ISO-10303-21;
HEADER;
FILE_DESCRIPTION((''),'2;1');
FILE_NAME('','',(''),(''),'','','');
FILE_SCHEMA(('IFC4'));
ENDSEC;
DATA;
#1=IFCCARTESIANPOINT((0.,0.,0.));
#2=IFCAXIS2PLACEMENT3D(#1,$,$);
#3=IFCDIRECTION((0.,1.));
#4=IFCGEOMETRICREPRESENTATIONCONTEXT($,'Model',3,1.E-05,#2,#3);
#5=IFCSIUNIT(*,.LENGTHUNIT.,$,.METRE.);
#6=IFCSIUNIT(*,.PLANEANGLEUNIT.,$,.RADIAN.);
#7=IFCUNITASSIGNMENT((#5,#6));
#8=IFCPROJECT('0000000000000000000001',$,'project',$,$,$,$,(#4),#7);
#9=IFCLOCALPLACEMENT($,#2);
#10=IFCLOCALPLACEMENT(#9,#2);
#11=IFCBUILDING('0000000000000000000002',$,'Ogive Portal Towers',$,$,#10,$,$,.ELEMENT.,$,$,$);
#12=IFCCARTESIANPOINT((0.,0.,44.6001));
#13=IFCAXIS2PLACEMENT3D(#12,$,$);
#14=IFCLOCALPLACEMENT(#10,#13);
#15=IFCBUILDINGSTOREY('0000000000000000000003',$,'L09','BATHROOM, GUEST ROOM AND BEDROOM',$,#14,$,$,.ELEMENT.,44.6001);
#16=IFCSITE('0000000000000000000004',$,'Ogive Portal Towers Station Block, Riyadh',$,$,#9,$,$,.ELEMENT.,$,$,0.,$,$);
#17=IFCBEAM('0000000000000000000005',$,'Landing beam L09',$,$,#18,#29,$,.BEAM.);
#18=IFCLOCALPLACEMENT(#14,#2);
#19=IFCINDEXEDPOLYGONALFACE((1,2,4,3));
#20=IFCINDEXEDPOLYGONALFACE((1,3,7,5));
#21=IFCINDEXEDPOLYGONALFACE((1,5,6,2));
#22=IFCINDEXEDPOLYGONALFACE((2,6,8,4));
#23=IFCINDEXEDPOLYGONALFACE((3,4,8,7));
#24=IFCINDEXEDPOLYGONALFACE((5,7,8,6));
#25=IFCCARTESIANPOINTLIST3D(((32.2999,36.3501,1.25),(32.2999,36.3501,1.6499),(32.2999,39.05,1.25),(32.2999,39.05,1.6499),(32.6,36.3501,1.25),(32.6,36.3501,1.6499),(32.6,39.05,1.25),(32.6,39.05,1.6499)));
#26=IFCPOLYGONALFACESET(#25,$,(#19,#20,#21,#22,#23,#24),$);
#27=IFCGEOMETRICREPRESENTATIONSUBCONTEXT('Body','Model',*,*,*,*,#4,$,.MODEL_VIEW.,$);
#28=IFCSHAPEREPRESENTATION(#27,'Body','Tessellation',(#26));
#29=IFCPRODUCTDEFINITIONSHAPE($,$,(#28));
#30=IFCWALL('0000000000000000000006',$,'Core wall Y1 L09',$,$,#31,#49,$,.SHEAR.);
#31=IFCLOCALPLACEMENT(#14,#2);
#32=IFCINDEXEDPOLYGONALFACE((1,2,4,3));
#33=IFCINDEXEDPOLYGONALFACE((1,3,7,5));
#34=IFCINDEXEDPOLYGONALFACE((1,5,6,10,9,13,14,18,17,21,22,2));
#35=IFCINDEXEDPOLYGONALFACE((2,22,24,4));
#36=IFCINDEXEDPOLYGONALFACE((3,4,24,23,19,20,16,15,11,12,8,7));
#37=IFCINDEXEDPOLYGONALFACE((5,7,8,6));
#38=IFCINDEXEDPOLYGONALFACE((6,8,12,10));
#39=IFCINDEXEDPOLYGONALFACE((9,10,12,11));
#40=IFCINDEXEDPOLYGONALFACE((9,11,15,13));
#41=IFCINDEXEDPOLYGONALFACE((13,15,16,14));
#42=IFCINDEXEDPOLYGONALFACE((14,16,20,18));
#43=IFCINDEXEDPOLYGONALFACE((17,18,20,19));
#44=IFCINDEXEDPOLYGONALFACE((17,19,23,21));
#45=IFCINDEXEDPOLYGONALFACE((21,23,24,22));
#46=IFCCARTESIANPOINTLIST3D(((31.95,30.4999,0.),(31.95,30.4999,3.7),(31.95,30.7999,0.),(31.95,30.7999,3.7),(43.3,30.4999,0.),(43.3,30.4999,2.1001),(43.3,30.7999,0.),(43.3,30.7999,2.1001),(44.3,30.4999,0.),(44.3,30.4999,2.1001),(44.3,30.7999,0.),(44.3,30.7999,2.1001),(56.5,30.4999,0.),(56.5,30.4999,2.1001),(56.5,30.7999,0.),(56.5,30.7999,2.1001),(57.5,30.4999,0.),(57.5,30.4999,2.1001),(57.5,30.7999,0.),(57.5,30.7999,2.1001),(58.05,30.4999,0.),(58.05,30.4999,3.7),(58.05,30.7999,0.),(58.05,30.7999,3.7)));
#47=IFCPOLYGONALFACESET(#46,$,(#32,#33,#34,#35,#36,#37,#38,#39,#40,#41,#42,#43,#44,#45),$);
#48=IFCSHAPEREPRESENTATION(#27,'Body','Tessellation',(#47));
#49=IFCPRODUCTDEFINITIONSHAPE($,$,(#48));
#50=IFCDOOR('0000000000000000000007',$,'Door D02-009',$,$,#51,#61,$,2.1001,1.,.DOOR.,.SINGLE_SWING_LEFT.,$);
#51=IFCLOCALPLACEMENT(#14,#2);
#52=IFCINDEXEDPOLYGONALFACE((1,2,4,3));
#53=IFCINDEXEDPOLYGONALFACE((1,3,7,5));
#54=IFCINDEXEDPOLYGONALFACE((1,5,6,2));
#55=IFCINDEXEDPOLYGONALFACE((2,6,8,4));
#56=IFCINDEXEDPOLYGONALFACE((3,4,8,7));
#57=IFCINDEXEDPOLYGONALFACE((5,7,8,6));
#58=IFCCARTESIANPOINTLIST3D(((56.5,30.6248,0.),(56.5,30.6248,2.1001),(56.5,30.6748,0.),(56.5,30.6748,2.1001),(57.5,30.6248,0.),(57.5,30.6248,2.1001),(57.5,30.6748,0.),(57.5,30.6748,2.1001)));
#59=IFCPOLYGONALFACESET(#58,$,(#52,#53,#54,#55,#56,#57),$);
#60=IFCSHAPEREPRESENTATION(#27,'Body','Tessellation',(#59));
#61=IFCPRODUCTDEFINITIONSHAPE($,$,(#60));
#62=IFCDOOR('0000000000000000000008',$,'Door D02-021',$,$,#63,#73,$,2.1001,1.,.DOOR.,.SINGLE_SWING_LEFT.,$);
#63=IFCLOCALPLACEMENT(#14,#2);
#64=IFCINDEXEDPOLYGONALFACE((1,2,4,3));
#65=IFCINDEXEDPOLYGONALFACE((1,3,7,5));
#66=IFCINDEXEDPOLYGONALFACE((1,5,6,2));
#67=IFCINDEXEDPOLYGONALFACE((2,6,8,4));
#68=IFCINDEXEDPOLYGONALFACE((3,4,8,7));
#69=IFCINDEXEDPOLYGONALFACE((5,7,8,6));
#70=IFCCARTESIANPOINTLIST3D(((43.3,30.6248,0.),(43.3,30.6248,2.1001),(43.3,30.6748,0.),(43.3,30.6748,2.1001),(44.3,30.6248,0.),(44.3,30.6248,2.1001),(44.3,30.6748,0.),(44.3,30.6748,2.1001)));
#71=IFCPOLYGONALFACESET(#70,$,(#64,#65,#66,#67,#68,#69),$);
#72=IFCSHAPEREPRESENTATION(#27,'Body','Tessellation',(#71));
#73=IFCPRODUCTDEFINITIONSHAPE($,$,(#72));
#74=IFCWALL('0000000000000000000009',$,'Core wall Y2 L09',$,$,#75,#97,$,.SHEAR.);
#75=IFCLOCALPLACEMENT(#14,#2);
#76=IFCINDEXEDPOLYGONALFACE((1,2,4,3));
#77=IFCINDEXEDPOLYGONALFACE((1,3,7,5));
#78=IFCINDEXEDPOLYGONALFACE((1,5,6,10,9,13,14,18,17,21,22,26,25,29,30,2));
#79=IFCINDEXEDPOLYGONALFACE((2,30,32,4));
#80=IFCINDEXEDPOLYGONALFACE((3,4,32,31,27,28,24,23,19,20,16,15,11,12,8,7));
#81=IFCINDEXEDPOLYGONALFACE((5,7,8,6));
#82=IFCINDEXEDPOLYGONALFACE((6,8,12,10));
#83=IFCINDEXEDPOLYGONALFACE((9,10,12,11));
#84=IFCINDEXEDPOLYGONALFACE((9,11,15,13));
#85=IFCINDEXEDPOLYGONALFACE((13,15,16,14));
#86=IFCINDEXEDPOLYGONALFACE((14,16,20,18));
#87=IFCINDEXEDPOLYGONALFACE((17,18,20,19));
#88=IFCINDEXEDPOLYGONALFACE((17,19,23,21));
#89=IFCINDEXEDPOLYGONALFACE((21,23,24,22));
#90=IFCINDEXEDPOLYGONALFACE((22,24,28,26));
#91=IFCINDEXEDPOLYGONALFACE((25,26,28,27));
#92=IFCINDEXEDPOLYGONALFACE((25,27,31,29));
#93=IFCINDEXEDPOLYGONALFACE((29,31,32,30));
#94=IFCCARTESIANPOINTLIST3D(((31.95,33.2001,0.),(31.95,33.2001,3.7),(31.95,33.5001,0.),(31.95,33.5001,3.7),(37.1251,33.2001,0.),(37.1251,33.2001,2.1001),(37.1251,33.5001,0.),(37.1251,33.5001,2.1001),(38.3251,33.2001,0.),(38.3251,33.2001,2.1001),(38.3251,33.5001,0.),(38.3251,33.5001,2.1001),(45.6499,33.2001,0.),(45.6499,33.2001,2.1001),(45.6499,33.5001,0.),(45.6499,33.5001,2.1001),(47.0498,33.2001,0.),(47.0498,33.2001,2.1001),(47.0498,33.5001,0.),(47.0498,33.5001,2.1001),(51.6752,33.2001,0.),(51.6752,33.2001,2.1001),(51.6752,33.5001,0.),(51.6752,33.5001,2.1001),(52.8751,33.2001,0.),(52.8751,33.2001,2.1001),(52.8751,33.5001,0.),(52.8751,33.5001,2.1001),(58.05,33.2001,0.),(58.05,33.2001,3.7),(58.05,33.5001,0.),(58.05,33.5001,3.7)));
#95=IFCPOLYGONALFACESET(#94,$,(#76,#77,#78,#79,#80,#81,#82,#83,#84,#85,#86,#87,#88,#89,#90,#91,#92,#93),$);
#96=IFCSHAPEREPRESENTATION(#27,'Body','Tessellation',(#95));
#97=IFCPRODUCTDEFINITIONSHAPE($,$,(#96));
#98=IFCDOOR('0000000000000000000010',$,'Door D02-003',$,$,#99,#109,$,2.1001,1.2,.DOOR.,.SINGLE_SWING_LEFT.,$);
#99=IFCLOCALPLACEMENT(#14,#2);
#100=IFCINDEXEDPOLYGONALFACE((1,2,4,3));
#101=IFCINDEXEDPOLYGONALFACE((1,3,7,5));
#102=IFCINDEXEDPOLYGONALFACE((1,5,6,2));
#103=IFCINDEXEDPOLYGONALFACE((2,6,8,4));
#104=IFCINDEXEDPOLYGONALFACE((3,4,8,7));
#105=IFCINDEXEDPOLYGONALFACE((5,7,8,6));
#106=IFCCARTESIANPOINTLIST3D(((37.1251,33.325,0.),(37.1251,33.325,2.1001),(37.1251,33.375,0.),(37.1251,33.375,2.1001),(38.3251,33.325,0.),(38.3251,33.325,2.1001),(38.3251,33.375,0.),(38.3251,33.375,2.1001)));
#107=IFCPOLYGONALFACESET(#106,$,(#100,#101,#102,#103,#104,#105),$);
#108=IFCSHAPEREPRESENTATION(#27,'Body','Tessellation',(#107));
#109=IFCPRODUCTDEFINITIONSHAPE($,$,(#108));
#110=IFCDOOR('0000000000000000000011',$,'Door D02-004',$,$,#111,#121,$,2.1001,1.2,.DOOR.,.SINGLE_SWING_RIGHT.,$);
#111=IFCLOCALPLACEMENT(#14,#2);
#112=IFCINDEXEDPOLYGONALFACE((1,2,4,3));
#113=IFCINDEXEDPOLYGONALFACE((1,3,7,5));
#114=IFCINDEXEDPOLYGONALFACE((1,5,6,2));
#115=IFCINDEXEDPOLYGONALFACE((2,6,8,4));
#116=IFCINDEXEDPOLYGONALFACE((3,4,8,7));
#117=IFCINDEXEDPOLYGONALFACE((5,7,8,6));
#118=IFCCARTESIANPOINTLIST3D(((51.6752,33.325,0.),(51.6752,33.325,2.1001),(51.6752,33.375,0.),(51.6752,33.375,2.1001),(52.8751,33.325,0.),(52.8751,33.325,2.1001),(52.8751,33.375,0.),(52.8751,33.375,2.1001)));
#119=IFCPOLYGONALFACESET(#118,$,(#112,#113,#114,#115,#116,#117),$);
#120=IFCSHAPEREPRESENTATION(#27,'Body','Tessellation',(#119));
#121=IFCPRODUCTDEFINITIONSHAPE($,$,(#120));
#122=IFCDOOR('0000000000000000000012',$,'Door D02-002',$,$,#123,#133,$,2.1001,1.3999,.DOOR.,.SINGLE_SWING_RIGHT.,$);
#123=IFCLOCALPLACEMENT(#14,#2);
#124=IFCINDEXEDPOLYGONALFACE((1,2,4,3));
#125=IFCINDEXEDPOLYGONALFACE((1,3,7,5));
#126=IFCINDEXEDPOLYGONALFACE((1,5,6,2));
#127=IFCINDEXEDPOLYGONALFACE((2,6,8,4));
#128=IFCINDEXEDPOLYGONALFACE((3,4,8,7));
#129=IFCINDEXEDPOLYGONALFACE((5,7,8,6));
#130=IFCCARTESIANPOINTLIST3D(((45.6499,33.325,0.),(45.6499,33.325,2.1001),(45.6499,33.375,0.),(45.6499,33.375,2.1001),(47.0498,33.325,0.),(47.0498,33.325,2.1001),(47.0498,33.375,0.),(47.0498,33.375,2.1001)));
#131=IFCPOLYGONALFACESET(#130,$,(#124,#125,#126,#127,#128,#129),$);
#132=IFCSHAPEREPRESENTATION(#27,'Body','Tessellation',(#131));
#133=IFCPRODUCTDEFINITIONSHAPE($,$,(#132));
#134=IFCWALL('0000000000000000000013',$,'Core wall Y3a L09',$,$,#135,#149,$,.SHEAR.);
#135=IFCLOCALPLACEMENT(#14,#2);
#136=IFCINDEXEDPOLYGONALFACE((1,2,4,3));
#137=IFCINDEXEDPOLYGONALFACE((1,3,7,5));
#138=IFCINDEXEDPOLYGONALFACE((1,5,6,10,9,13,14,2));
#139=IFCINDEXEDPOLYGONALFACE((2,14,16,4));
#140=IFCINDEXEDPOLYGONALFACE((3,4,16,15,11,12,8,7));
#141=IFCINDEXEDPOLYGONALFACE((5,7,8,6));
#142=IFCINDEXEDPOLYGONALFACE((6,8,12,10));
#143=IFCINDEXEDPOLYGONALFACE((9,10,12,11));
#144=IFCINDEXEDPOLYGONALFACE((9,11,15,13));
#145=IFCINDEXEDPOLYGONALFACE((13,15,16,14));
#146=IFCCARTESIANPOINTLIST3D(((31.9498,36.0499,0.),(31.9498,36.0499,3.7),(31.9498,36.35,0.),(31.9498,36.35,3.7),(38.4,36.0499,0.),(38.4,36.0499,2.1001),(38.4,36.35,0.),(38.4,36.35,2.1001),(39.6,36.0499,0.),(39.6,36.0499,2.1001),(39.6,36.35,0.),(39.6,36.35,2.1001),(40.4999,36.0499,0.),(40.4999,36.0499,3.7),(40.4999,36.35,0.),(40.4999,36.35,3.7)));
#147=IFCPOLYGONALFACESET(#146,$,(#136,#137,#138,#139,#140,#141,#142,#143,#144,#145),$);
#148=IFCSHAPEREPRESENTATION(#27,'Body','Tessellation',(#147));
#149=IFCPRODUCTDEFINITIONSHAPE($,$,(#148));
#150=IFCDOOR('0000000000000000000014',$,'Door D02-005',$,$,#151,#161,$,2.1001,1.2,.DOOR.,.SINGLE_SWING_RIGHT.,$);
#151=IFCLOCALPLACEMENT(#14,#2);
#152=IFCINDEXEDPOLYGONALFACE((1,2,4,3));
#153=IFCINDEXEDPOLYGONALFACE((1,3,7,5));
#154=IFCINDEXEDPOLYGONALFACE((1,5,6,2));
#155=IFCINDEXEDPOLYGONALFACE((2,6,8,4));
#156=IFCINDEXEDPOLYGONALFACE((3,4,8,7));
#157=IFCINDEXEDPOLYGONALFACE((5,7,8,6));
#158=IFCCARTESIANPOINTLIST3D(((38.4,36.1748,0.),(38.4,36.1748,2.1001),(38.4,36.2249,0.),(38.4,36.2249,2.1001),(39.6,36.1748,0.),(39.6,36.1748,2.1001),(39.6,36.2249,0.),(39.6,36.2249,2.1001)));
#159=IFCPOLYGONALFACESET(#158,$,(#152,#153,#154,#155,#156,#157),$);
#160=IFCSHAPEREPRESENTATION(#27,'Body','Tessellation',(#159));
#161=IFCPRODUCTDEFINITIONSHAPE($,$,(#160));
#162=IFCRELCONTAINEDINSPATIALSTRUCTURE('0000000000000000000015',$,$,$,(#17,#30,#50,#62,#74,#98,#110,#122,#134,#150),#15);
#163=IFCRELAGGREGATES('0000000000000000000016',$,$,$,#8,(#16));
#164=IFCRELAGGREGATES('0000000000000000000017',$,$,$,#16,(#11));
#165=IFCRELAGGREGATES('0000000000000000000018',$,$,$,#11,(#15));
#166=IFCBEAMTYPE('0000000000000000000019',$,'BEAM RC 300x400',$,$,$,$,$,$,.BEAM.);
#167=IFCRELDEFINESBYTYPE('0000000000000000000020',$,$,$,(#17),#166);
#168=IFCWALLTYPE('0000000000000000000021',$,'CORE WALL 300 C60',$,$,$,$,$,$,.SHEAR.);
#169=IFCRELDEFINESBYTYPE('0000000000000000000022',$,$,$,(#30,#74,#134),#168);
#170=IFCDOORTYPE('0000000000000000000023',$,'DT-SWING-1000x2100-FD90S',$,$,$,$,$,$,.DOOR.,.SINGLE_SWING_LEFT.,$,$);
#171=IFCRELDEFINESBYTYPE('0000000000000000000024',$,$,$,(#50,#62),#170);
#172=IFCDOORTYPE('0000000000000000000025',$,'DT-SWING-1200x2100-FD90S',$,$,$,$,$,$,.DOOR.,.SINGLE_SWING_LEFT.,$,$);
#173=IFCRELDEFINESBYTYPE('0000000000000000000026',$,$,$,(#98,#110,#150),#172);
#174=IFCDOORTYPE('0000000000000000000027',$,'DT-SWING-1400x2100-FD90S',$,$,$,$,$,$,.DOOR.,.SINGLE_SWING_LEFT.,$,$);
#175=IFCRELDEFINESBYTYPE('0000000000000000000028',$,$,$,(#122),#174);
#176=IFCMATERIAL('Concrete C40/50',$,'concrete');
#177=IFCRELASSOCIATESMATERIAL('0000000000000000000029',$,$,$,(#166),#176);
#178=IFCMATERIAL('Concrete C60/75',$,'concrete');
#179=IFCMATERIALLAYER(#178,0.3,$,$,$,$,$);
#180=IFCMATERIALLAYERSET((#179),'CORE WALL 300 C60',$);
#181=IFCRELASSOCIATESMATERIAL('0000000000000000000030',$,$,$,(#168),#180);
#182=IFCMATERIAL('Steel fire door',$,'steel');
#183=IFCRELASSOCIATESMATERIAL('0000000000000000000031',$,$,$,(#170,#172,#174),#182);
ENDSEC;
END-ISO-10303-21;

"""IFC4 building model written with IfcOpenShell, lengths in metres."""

from ifc_helpers import new_model, si_unit, direction, frame, frame_2d, origin, origin_2d, place, context, subcontext, project, spatial, rectangle, extrude, material, layer, layer_set, material_profile, profile_set, type_object, element, fill, save


model = new_model("IFC4")

# Units and contexts
model_context = context("Model", 3, precision=1e-05, world=origin(), true_north=direction((0.0, 1.0)))
body_context = subcontext(model_context, "Body", "Model", "MODEL_VIEW")
ifc_project = project(units=[si_unit("LENGTHUNIT", "METRE"), si_unit("PLANEANGLEUNIT", "RADIAN")], contexts=[model_context])

# Site, building, storey
site_placement = place(None, origin())
site = spatial("IfcSite", under=ifc_project, at=site_placement, Name="Ogive Portal Towers Station Block, Riyadh", CompositionType="ELEMENT", RefElevation=0.0)
building_placement = place(site_placement, origin())
building = spatial("IfcBuilding", under=site, at=building_placement, Name="Ogive Portal Towers", CompositionType="ELEMENT")
storey_placement = place(building_placement, frame((0.0, 0.0, 44.6001)))
storey = spatial("IfcBuildingStorey", under=building, at=storey_placement, Name="L09", Description="BATHROOM, GUEST ROOM AND BEDROOM", CompositionType="ELEMENT", Elevation=44.6001)

# Beam
ifc_material_1 = material(Name="Concrete C40/50", Category="concrete")
ifc_material_profile = material_profile(ifc_material_1, rectangle(XDim=0.3, YDim=0.3999, at=origin_2d()), Name="RC 300x400")
ifc_profile_set = profile_set([ifc_material_profile], Name="Concrete C40/50")
beam_type = type_object("IfcBeamType", Name="BEAM RC 300x400", PredefinedType="BEAM", material=ifc_profile_set)
beam_placement = place(storey_placement, frame((32.45, 36.3501, 1.45), z_axis=(0.0, 1.0, 0.0), x_axis=(-1.0, 0.0, 0.0)))
element("IfcBeam", 1, at=beam_placement, inside=storey, type_object=beam_type, Name="Landing beam L09", PredefinedType="BEAM", context=body_context, shape_type="SweptSolid", body=[
    extrude(rectangle(XDim=0.3, YDim=0.3999, at=origin_2d()), origin(), (0.0, 0.0, 1.0), 2.7),
])

# Walls, openings, doors
ifc_material_2 = material(Name="Concrete C60/75", Category="concrete")
ifc_layer_1 = layer(ifc_material_2, 0.3)
ifc_layer_set_1 = layer_set([ifc_layer_1], Name="CORE WALL 300 C60")
wall_type_1 = type_object("IfcWallType", Name="CORE WALL 300 C60", PredefinedType="SHEAR", material=ifc_layer_set_1)
wall_1_placement = place(storey_placement, frame((31.95, 30.6499, 0.0), z_axis=(0.0, 0.0, 1.0), x_axis=(1.0, 0.0, 0.0)))
wall_1 = element("IfcWall", 2, at=wall_1_placement, inside=storey, type_object=wall_type_1, Name="Core wall Y1 L09", PredefinedType="SHEAR", context=body_context, shape_type="SweptSolid", body=[
    extrude(rectangle(XDim=26.1001, YDim=0.3, at=frame_2d((13.05, 0.0))), origin(), (0.0, 0.0, 1.0), 3.7),
])
opening_1_placement = place(wall_1_placement, frame((24.55, 0.0, 0.0)))
opening_1 = element("IfcOpeningElement", 3, at=opening_1_placement, cuts=wall_1, PredefinedType="OPENING", context=body_context, shape_type="SweptSolid", body=[
    extrude(rectangle(XDim=1.0, YDim=2.1001, at=frame_2d((0.5, 1.05))), frame((0.0, 0.1602, 0.0), z_axis=(0.0, -1.0, 0.0), x_axis=(1.0, 0.0, 0.0)), (0.0, 0.0, 1.0), 0.3201),
])
opening_2_placement = place(wall_1_placement, frame((11.3501, 0.0, 0.0)))
opening_2 = element("IfcOpeningElement", 4, at=opening_2_placement, cuts=wall_1, PredefinedType="OPENING", context=body_context, shape_type="SweptSolid", body=[
    extrude(rectangle(XDim=1.0, YDim=2.1001, at=frame_2d((0.5, 1.05))), frame((0.0, 0.1602, 0.0), z_axis=(0.0, -1.0, 0.0), x_axis=(1.0, 0.0, 0.0)), (0.0, 0.0, 1.0), 0.3201),
])
ifc_material_3 = material(Name="Steel fire door", Category="steel")
door_type_1 = type_object("IfcDoorType", Name="DT-SWING-1000x2100-FD90S", OperationType="SINGLE_SWING_LEFT", PredefinedType="DOOR", material=ifc_material_3)
door_1_placement = place(opening_1_placement, origin())
door_1 = element("IfcDoor", 5, at=door_1_placement, inside=storey, type_object=door_type_1, Name="Door D02-009", OperationType="SINGLE_SWING_LEFT", OverallHeight=2.1001, OverallWidth=1.0, PredefinedType="DOOR", context=body_context, shape_type="SweptSolid", body=[
    extrude(rectangle(XDim=1.0, YDim=2.1001, at=frame_2d((0.5, 1.05))), frame((0.0, 0.0249, 0.0), z_axis=(0.0, -1.0, 0.0), x_axis=(1.0, 0.0, 0.0)), (0.0, 0.0, 1.0), 0.05),
])
fill(opening_1, door_1)
door_2_placement = place(opening_2_placement, origin())
door_2 = element("IfcDoor", 6, at=door_2_placement, inside=storey, type_object=door_type_1, Name="Door D02-021", OperationType="SINGLE_SWING_LEFT", OverallHeight=2.1001, OverallWidth=1.0, PredefinedType="DOOR", context=body_context, shape_type="SweptSolid", body=[
    extrude(rectangle(XDim=1.0, YDim=2.1001, at=frame_2d((0.5, 1.05))), frame((0.0, 0.0249, 0.0), z_axis=(0.0, -1.0, 0.0), x_axis=(1.0, 0.0, 0.0)), (0.0, 0.0, 1.0), 0.05),
])
fill(opening_2, door_2)
wall_2_placement = place(storey_placement, frame((31.95, 33.3501, 0.0), z_axis=(0.0, 0.0, 1.0), x_axis=(1.0, 0.0, 0.0)))
wall_2 = element("IfcWall", 7, at=wall_2_placement, inside=storey, type_object=wall_type_1, Name="Core wall Y2 L09", PredefinedType="SHEAR", context=body_context, shape_type="SweptSolid", body=[
    extrude(rectangle(XDim=26.1001, YDim=0.3, at=frame_2d((13.05, 0.0))), origin(), (0.0, 0.0, 1.0), 3.7),
])
opening_3_placement = place(wall_2_placement, frame((13.7, 0.0, 0.0)))
opening_3 = element("IfcOpeningElement", 8, at=opening_3_placement, cuts=wall_2, PredefinedType="OPENING", context=body_context, shape_type="SweptSolid", body=[
    extrude(rectangle(XDim=1.3999, YDim=2.1001, at=frame_2d((0.7, 1.05))), frame((0.0, 0.1602, 0.0), z_axis=(0.0, -1.0, 0.0), x_axis=(1.0, 0.0, 0.0)), (0.0, 0.0, 1.0), 0.3201),
])
opening_4_placement = place(wall_2_placement, frame((5.175, 0.0, 0.0)))
opening_4 = element("IfcOpeningElement", 9, at=opening_4_placement, cuts=wall_2, PredefinedType="OPENING", context=body_context, shape_type="SweptSolid", body=[
    extrude(rectangle(XDim=1.2, YDim=2.1001, at=frame_2d((0.6001, 1.05))), frame((0.0, 0.1602, 0.0), z_axis=(0.0, -1.0, 0.0), x_axis=(1.0, 0.0, 0.0)), (0.0, 0.0, 1.0), 0.3201),
])
opening_5_placement = place(wall_2_placement, frame((19.7251, 0.0, 0.0)))
opening_5 = element("IfcOpeningElement", 10, at=opening_5_placement, cuts=wall_2, PredefinedType="OPENING", context=body_context, shape_type="SweptSolid", body=[
    extrude(rectangle(XDim=1.2, YDim=2.1001, at=frame_2d((0.6001, 1.05))), frame((0.0, 0.1602, 0.0), z_axis=(0.0, -1.0, 0.0), x_axis=(1.0, 0.0, 0.0)), (0.0, 0.0, 1.0), 0.3201),
])
door_type_2 = type_object("IfcDoorType", Name="DT-SWING-1200x2100-FD90S", OperationType="SINGLE_SWING_LEFT", PredefinedType="DOOR", material=ifc_material_3)
door_3_placement = place(opening_4_placement, origin())
door_3 = element("IfcDoor", 11, at=door_3_placement, inside=storey, type_object=door_type_2, Name="Door D02-003", OperationType="SINGLE_SWING_LEFT", OverallHeight=2.1001, OverallWidth=1.2, PredefinedType="DOOR", context=body_context, shape_type="SweptSolid", body=[
    extrude(rectangle(XDim=1.2, YDim=2.1001, at=frame_2d((0.6001, 1.05))), frame((0.0, 0.0249, 0.0), z_axis=(0.0, -1.0, 0.0), x_axis=(1.0, 0.0, 0.0)), (0.0, 0.0, 1.0), 0.05),
])
fill(opening_4, door_3)
door_4_placement = place(opening_5_placement, origin())
door_4 = element("IfcDoor", 12, at=door_4_placement, inside=storey, type_object=door_type_2, Name="Door D02-004", OperationType="SINGLE_SWING_RIGHT", OverallHeight=2.1001, OverallWidth=1.2, PredefinedType="DOOR", context=body_context, shape_type="SweptSolid", body=[
    extrude(rectangle(XDim=1.2, YDim=2.1001, at=frame_2d((0.6001, 1.05))), frame((0.0, 0.0249, 0.0), z_axis=(0.0, -1.0, 0.0), x_axis=(1.0, 0.0, 0.0)), (0.0, 0.0, 1.0), 0.05),
])
fill(opening_5, door_4)
door_type_3 = type_object("IfcDoorType", Name="DT-SWING-1400x2100-FD90S", OperationType="SINGLE_SWING_LEFT", PredefinedType="DOOR", material=ifc_material_3)
door_5_placement = place(opening_3_placement, origin())
door_5 = element("IfcDoor", 13, at=door_5_placement, inside=storey, type_object=door_type_3, Name="Door D02-002", OperationType="SINGLE_SWING_RIGHT", OverallHeight=2.1001, OverallWidth=1.3999, PredefinedType="DOOR", context=body_context, shape_type="SweptSolid", body=[
    extrude(rectangle(XDim=1.3999, YDim=2.1001, at=frame_2d((0.7, 1.05))), frame((0.0, 0.0249, 0.0), z_axis=(0.0, -1.0, 0.0), x_axis=(1.0, 0.0, 0.0)), (0.0, 0.0, 1.0), 0.05),
])
fill(opening_3, door_5)

# Wall, opening, door
wall_3_placement = place(storey_placement, frame((31.95, 36.2, 0.0), z_axis=(0.0, 0.0, 1.0), x_axis=(1.0, 0.0, 0.0)))
wall_3 = element("IfcWall", 14, at=wall_3_placement, inside=storey, type_object=wall_type_1, Name="Core wall Y3a L09", PredefinedType="SHEAR", context=body_context, shape_type="SweptSolid", body=[
    extrude(rectangle(XDim=8.55, YDim=0.3, at=frame_2d((4.2749, 0.0))), origin(), (0.0, 0.0, 1.0), 3.7),
])
opening_6_placement = place(wall_3_placement, frame((6.45, 0.0, 0.0)))
opening_6 = element("IfcOpeningElement", 15, at=opening_6_placement, cuts=wall_3, PredefinedType="OPENING", context=body_context, shape_type="SweptSolid", body=[
    extrude(rectangle(XDim=1.2, YDim=2.1001, at=frame_2d((0.6001, 1.05))), frame((0.0, 0.1602, 0.0), z_axis=(0.0, -1.0, 0.0), x_axis=(1.0, 0.0, 0.0)), (0.0, 0.0, 1.0), 0.3201),
])
door_6_placement = place(opening_6_placement, origin())
door_6 = element("IfcDoor", 16, at=door_6_placement, inside=storey, type_object=door_type_2, Name="Door D02-005", OperationType="SINGLE_SWING_RIGHT", OverallHeight=2.1001, OverallWidth=1.2, PredefinedType="DOOR", context=body_context, shape_type="SweptSolid", body=[
    extrude(rectangle(XDim=1.2, YDim=2.1001, at=frame_2d((0.6001, 1.05))), frame((0.0, 0.0249, 0.0), z_axis=(0.0, -1.0, 0.0), x_axis=(1.0, 0.0, 0.0)), (0.0, 0.0, 1.0), 0.05),
])
fill(opening_6, door_6)

save(model, "model.ifc")
